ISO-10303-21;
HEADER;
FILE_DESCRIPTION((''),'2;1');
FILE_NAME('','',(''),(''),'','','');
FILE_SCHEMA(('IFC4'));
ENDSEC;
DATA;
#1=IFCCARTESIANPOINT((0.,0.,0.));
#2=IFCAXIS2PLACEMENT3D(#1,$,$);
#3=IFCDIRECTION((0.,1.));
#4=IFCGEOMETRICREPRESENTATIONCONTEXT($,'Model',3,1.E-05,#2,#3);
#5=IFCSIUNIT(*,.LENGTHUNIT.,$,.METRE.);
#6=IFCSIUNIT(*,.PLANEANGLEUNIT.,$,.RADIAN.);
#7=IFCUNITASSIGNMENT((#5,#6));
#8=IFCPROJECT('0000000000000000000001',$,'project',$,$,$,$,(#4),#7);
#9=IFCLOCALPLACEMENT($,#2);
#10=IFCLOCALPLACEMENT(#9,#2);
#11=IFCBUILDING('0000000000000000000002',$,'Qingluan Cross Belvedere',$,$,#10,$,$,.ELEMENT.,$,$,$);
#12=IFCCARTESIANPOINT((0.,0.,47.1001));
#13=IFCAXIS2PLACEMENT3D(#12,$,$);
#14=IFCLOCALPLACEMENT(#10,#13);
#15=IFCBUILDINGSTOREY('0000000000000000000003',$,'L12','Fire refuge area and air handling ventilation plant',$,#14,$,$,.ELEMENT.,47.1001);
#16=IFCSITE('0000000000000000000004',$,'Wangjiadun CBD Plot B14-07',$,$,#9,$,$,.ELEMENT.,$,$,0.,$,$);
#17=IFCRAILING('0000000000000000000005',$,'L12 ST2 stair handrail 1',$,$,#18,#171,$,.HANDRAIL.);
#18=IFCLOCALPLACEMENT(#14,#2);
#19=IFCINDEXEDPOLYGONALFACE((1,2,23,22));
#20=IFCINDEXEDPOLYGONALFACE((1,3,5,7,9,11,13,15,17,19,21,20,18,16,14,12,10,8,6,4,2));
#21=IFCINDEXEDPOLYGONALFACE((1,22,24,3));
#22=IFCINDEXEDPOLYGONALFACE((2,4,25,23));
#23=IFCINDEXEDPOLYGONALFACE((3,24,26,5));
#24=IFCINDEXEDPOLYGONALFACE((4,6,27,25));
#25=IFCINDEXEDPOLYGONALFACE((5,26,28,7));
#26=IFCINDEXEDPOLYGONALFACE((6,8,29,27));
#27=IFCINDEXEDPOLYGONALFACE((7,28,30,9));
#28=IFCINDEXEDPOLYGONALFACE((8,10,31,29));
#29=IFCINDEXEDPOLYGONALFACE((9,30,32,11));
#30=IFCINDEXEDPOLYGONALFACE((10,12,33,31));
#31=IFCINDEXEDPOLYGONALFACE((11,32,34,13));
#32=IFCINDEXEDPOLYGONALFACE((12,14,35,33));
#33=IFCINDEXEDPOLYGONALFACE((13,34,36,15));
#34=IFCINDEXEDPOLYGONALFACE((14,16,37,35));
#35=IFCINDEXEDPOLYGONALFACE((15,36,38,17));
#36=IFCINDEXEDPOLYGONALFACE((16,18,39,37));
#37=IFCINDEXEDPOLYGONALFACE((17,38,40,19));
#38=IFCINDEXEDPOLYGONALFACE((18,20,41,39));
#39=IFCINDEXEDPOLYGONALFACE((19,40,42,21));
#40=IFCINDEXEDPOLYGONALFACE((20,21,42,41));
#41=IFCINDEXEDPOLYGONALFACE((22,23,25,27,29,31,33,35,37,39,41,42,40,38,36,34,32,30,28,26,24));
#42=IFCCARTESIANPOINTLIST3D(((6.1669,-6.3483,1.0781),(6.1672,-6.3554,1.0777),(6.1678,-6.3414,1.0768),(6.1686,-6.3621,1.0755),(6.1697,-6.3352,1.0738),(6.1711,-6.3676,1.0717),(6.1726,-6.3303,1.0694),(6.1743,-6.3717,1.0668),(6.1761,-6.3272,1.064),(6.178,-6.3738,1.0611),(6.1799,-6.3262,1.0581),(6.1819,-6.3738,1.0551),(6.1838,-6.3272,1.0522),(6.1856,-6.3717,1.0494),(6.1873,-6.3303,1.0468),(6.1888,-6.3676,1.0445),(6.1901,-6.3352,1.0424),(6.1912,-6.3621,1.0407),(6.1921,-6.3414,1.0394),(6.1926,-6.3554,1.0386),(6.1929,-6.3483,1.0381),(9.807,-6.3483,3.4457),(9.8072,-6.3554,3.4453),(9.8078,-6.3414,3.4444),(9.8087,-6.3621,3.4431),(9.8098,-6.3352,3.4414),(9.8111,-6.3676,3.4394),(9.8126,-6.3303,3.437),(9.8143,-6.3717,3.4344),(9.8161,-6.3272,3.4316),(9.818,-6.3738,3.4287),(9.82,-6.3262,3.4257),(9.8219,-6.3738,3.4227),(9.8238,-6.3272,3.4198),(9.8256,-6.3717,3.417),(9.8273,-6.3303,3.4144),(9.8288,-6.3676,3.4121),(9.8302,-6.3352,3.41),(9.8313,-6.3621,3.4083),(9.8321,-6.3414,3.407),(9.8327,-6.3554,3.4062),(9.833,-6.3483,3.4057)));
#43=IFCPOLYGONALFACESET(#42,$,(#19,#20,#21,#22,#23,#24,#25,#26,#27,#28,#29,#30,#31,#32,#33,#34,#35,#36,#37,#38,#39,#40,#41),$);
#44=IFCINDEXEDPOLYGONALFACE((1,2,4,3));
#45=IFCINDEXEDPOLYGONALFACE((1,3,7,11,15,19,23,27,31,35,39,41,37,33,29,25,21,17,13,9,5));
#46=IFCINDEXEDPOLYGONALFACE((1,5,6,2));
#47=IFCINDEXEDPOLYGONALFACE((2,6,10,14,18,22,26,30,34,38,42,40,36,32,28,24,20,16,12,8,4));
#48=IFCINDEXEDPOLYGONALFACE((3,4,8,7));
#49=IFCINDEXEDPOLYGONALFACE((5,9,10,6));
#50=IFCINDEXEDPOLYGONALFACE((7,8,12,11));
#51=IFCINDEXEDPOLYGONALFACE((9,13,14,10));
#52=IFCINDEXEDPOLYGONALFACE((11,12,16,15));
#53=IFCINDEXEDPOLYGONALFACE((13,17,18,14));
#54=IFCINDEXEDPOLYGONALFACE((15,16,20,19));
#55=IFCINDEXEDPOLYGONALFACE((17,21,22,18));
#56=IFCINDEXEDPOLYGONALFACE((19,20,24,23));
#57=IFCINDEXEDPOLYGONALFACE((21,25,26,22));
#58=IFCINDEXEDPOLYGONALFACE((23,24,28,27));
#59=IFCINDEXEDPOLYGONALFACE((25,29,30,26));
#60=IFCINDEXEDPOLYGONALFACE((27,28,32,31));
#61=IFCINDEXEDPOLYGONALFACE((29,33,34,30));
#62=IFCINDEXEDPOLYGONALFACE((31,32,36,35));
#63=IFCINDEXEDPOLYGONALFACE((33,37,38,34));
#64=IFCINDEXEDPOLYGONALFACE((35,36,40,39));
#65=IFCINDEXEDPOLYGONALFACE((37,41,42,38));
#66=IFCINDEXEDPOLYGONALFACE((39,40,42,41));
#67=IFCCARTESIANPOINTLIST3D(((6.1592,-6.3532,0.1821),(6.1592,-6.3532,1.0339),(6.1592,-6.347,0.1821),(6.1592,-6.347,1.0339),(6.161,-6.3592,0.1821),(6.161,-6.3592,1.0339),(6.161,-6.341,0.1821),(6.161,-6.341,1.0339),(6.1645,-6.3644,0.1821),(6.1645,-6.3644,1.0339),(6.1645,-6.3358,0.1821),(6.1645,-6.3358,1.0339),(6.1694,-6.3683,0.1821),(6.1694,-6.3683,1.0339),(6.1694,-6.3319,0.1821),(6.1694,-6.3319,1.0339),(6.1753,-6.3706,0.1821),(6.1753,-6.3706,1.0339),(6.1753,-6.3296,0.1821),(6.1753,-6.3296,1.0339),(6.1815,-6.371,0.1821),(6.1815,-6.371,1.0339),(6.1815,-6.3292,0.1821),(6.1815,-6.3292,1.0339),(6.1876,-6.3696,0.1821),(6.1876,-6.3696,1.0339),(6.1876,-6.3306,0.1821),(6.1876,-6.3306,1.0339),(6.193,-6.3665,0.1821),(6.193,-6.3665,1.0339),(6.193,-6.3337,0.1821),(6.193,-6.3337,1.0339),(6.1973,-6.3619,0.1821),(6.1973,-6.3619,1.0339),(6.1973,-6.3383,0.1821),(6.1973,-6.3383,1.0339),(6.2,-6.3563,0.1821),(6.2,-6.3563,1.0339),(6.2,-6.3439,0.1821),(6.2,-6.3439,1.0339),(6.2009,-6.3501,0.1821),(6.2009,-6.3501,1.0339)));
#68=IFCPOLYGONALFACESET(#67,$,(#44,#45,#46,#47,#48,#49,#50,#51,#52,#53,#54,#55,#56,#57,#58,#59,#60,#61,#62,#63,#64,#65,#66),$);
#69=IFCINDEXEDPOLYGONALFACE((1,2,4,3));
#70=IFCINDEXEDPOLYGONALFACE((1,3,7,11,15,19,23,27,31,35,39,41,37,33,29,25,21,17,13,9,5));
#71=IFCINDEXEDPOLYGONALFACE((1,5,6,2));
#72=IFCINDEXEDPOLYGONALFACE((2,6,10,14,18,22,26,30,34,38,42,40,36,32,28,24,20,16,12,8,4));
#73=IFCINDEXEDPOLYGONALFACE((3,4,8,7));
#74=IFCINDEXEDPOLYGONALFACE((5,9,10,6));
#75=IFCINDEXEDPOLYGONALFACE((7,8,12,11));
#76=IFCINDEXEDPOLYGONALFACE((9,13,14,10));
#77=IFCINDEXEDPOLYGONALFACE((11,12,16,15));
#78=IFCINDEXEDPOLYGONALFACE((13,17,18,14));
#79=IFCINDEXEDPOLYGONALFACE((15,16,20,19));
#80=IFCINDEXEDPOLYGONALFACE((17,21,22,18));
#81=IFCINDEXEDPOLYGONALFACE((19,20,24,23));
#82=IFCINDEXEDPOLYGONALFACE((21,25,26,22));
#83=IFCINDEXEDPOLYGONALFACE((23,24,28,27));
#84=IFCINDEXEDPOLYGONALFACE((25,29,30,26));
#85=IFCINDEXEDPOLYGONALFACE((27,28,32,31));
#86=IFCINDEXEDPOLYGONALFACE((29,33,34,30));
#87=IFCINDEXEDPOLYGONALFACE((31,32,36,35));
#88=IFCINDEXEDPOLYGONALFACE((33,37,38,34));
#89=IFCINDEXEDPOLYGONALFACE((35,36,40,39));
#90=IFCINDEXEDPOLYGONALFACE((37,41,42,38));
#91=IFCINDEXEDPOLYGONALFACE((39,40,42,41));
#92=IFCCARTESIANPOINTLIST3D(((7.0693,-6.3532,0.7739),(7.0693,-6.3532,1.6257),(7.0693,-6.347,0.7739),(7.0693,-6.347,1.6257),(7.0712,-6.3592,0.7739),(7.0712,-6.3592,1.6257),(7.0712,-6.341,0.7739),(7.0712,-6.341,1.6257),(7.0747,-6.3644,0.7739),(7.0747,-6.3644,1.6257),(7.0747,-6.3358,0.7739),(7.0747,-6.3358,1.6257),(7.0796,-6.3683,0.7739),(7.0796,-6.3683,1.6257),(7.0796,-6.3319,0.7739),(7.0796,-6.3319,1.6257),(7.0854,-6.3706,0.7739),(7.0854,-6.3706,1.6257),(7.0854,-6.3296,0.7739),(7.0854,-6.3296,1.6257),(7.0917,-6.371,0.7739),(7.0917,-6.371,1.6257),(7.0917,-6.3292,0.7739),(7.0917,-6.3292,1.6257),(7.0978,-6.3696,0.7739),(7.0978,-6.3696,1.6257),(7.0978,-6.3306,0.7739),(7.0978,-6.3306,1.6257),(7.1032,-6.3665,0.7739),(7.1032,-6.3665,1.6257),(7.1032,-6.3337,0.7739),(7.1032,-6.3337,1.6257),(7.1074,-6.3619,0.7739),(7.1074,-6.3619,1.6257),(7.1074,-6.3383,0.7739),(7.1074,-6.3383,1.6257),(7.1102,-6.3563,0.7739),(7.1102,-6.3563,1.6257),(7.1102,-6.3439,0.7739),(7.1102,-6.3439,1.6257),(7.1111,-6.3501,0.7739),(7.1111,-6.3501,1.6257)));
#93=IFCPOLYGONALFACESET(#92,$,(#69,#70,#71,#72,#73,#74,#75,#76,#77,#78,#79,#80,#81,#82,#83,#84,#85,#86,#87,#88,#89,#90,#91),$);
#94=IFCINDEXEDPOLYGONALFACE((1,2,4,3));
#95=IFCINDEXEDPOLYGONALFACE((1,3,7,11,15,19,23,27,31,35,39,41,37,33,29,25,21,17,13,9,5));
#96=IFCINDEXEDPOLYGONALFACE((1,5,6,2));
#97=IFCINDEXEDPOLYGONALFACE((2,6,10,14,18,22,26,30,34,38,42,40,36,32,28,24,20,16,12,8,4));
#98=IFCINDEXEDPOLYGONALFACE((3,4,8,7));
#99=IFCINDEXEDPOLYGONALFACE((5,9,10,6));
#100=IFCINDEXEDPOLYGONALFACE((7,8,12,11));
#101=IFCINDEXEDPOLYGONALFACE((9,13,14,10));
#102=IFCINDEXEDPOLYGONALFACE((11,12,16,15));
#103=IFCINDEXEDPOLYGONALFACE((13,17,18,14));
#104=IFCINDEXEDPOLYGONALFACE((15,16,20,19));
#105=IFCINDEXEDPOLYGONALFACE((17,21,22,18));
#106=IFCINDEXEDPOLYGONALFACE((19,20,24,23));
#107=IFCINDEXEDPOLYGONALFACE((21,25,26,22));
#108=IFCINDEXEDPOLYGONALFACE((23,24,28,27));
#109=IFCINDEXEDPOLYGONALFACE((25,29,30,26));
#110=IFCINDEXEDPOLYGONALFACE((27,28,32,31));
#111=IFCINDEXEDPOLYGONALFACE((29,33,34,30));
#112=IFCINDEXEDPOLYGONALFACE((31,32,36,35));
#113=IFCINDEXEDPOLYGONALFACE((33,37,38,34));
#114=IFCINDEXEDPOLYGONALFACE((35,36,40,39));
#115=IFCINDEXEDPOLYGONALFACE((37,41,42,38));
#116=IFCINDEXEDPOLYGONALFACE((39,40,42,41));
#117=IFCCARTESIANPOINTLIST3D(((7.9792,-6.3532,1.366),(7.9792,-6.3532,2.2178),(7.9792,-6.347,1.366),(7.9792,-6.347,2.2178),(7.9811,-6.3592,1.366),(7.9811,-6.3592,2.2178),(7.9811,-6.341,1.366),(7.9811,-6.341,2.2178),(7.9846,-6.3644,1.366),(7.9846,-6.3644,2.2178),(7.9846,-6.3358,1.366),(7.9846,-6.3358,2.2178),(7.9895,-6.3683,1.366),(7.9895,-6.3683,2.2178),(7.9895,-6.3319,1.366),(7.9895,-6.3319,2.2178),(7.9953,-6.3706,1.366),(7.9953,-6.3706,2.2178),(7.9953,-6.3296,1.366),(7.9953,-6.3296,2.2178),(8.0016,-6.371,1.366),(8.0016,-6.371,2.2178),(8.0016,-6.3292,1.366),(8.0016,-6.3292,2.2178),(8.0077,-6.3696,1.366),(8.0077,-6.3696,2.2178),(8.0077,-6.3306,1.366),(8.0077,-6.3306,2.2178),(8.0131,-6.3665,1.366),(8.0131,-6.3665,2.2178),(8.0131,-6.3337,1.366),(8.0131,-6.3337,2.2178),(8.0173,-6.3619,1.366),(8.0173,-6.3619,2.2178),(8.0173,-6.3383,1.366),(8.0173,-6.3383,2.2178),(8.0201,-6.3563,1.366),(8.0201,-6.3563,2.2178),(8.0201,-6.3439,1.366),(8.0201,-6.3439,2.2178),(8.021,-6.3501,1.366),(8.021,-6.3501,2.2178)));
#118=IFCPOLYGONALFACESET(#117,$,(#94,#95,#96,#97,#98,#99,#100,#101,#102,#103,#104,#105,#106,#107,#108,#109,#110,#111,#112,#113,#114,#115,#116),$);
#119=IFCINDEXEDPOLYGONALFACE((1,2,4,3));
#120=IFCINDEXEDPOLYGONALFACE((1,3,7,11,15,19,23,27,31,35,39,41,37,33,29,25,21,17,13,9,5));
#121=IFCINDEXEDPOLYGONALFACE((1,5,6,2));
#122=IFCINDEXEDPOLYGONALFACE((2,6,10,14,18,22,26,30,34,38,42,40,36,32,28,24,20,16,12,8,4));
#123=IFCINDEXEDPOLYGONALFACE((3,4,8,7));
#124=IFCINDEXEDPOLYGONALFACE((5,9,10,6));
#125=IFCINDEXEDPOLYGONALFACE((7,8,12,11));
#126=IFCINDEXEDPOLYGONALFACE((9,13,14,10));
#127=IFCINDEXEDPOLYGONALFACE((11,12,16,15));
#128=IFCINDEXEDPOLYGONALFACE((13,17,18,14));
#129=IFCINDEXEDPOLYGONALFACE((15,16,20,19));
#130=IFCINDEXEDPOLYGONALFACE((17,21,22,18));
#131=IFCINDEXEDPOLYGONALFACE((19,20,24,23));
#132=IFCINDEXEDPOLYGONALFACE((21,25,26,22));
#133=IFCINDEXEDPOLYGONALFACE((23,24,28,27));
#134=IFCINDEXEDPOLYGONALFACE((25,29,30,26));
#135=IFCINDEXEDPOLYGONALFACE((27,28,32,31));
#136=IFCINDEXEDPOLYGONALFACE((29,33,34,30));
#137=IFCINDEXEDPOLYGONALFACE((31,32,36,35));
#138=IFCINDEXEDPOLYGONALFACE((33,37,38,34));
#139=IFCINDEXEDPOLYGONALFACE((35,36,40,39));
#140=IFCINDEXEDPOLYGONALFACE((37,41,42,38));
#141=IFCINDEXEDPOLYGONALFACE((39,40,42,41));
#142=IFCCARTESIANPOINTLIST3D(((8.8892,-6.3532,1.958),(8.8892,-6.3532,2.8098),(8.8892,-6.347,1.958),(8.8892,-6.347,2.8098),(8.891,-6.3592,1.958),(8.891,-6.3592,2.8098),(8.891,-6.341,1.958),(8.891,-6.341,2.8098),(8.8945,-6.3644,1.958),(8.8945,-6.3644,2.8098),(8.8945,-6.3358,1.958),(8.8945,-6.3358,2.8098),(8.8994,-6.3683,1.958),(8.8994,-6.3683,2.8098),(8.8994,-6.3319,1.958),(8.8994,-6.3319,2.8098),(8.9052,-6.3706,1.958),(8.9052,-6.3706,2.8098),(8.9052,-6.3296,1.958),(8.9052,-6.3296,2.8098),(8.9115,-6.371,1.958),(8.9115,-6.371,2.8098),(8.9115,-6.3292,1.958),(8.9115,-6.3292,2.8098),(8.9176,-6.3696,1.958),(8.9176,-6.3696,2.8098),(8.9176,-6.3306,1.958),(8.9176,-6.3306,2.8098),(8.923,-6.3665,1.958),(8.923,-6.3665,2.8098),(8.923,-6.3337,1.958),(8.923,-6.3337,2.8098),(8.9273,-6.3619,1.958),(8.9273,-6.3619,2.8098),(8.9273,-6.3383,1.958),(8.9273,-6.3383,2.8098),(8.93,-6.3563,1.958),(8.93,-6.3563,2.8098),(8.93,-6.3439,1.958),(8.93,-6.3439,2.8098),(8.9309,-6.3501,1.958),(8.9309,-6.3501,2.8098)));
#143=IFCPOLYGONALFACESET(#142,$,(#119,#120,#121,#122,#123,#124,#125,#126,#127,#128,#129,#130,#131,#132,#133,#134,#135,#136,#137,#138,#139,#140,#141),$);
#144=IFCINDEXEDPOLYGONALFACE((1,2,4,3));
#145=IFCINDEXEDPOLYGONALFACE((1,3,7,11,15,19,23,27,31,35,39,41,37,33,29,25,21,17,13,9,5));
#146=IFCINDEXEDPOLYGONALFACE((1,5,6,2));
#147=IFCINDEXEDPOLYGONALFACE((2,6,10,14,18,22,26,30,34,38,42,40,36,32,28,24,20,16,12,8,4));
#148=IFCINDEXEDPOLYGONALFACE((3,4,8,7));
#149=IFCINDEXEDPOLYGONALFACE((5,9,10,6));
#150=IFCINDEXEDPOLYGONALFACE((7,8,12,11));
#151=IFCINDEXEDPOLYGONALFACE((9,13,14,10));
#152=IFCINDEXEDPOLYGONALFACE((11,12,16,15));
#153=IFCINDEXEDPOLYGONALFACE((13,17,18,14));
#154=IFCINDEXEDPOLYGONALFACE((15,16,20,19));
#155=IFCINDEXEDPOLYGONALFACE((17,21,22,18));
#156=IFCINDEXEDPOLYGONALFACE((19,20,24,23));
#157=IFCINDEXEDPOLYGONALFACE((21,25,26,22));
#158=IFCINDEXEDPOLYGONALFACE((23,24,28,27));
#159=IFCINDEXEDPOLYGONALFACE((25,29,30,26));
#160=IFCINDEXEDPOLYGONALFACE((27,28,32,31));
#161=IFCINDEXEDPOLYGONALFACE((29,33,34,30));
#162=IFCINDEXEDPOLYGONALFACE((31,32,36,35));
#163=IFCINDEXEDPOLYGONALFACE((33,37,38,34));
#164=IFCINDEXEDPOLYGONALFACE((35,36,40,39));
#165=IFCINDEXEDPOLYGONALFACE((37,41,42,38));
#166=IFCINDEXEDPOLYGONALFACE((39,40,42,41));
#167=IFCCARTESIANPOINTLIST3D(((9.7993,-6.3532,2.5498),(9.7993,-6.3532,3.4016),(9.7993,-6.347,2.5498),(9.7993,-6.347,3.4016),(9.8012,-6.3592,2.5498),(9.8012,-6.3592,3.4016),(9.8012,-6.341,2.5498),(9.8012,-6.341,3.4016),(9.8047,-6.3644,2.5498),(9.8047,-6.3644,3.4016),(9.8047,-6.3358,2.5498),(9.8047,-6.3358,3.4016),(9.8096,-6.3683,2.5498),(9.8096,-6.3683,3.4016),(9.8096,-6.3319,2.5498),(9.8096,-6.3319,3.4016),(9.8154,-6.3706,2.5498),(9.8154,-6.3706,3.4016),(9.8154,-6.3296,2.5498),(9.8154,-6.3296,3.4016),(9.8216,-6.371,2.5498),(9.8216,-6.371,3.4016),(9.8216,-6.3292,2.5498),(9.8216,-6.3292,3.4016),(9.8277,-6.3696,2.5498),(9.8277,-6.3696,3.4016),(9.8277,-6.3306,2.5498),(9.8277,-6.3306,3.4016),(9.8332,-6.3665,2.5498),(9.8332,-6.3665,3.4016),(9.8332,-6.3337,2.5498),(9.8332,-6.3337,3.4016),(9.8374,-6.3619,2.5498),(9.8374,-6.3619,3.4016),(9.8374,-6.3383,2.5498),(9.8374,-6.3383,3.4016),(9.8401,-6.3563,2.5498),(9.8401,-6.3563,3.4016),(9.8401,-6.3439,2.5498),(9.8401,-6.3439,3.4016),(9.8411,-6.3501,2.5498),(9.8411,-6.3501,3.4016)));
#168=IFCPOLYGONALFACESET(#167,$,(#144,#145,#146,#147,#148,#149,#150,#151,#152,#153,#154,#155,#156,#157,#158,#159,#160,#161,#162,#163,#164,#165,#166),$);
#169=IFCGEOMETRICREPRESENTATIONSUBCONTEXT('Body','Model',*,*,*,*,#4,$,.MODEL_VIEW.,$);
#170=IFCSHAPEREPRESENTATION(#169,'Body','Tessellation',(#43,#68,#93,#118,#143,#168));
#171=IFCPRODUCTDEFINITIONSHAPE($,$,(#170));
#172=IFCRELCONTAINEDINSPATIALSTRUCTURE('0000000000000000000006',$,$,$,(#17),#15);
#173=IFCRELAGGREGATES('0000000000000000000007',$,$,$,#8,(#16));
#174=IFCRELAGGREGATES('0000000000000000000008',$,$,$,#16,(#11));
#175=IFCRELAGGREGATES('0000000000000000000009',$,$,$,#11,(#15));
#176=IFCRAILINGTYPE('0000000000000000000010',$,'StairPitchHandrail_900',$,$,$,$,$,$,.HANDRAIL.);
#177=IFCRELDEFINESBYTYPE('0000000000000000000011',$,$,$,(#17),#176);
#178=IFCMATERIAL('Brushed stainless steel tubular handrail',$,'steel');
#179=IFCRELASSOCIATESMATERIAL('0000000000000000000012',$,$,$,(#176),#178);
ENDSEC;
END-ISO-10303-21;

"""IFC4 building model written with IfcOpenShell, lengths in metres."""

from ifc_helpers import new_model, si_unit, direction, frame, origin, origin_2d, place, context, subcontext, project, spatial, circle, extrude, material, type_object, element, save


model = new_model("IFC4")

# Units and contexts
model_context = context("Model", 3, precision=1e-05, world=origin(), true_north=direction((0.0, 1.0)))
body_context = subcontext(model_context, "Body", "Model", "MODEL_VIEW")
ifc_project = project(units=[si_unit("LENGTHUNIT", "METRE"), si_unit("PLANEANGLEUNIT", "RADIAN")], contexts=[model_context])

# Site, building, storey
site_placement = place(None, origin())
site = spatial("IfcSite", under=ifc_project, at=site_placement, Name="Wangjiadun CBD Plot B14-07", CompositionType="ELEMENT", RefElevation=0.0)
building_placement = place(site_placement, origin())
building = spatial("IfcBuilding", under=site, at=building_placement, Name="Qingluan Cross Belvedere", CompositionType="ELEMENT")
storey_placement = place(building_placement, frame((0.0, 0.0, 47.1001)))
storey = spatial("IfcBuildingStorey", under=building, at=storey_placement, Name="L12", Description="Fire refuge area and air handling ventilation plant", CompositionType="ELEMENT", Elevation=47.1001)

# Railing
ifc_material_1 = material(Name="Brushed stainless steel tubular handrail", Category="steel")
railing_type_1 = type_object("IfcRailingType", Name="StairPitchHandrail_900", PredefinedType="HANDRAIL", material=ifc_material_1)
for number, where, name in (
    (1, (6.1799, -6.3501, 0.1821), "L12 ST2 stair handrail 1"),
):
    element("IfcRailing", number, at=place(storey_placement, frame(where)), inside=storey, type_object=railing_type_1, Name=name, PredefinedType="HANDRAIL", context=body_context, shape_type="SweptSolid", body=[
        extrude(circle(Radius=0.0239, at=origin_2d()), frame((0.0, 0.0, 0.876), z_axis=(0.838277, 0.0, 0.545245), x_axis=(0.0, 1.0, 0.0)), (0.0, 0.0, 1.0), 4.3423),
        extrude(circle(Radius=0.021, at=origin_2d()), origin(), (0.0, 0.0, 1.0), 0.8518),
        extrude(circle(Radius=0.021, at=origin_2d()), frame((0.9102, 0.0, 0.5918)), (0.0, 0.0, 1.0), 0.8518),
        extrude(circle(Radius=0.021, at=origin_2d()), frame((1.8201, 0.0, 1.1838)), (0.0, 0.0, 1.0), 0.8518),
        extrude(circle(Radius=0.021, at=origin_2d()), frame((2.73, 0.0, 1.7759)), (0.0, 0.0, 1.0), 0.8518),
        extrude(circle(Radius=0.021, at=origin_2d()), frame((3.6401, 0.0, 2.3677)), (0.0, 0.0, 1.0), 0.8518),
    ])

save(model, "model.ifc")
